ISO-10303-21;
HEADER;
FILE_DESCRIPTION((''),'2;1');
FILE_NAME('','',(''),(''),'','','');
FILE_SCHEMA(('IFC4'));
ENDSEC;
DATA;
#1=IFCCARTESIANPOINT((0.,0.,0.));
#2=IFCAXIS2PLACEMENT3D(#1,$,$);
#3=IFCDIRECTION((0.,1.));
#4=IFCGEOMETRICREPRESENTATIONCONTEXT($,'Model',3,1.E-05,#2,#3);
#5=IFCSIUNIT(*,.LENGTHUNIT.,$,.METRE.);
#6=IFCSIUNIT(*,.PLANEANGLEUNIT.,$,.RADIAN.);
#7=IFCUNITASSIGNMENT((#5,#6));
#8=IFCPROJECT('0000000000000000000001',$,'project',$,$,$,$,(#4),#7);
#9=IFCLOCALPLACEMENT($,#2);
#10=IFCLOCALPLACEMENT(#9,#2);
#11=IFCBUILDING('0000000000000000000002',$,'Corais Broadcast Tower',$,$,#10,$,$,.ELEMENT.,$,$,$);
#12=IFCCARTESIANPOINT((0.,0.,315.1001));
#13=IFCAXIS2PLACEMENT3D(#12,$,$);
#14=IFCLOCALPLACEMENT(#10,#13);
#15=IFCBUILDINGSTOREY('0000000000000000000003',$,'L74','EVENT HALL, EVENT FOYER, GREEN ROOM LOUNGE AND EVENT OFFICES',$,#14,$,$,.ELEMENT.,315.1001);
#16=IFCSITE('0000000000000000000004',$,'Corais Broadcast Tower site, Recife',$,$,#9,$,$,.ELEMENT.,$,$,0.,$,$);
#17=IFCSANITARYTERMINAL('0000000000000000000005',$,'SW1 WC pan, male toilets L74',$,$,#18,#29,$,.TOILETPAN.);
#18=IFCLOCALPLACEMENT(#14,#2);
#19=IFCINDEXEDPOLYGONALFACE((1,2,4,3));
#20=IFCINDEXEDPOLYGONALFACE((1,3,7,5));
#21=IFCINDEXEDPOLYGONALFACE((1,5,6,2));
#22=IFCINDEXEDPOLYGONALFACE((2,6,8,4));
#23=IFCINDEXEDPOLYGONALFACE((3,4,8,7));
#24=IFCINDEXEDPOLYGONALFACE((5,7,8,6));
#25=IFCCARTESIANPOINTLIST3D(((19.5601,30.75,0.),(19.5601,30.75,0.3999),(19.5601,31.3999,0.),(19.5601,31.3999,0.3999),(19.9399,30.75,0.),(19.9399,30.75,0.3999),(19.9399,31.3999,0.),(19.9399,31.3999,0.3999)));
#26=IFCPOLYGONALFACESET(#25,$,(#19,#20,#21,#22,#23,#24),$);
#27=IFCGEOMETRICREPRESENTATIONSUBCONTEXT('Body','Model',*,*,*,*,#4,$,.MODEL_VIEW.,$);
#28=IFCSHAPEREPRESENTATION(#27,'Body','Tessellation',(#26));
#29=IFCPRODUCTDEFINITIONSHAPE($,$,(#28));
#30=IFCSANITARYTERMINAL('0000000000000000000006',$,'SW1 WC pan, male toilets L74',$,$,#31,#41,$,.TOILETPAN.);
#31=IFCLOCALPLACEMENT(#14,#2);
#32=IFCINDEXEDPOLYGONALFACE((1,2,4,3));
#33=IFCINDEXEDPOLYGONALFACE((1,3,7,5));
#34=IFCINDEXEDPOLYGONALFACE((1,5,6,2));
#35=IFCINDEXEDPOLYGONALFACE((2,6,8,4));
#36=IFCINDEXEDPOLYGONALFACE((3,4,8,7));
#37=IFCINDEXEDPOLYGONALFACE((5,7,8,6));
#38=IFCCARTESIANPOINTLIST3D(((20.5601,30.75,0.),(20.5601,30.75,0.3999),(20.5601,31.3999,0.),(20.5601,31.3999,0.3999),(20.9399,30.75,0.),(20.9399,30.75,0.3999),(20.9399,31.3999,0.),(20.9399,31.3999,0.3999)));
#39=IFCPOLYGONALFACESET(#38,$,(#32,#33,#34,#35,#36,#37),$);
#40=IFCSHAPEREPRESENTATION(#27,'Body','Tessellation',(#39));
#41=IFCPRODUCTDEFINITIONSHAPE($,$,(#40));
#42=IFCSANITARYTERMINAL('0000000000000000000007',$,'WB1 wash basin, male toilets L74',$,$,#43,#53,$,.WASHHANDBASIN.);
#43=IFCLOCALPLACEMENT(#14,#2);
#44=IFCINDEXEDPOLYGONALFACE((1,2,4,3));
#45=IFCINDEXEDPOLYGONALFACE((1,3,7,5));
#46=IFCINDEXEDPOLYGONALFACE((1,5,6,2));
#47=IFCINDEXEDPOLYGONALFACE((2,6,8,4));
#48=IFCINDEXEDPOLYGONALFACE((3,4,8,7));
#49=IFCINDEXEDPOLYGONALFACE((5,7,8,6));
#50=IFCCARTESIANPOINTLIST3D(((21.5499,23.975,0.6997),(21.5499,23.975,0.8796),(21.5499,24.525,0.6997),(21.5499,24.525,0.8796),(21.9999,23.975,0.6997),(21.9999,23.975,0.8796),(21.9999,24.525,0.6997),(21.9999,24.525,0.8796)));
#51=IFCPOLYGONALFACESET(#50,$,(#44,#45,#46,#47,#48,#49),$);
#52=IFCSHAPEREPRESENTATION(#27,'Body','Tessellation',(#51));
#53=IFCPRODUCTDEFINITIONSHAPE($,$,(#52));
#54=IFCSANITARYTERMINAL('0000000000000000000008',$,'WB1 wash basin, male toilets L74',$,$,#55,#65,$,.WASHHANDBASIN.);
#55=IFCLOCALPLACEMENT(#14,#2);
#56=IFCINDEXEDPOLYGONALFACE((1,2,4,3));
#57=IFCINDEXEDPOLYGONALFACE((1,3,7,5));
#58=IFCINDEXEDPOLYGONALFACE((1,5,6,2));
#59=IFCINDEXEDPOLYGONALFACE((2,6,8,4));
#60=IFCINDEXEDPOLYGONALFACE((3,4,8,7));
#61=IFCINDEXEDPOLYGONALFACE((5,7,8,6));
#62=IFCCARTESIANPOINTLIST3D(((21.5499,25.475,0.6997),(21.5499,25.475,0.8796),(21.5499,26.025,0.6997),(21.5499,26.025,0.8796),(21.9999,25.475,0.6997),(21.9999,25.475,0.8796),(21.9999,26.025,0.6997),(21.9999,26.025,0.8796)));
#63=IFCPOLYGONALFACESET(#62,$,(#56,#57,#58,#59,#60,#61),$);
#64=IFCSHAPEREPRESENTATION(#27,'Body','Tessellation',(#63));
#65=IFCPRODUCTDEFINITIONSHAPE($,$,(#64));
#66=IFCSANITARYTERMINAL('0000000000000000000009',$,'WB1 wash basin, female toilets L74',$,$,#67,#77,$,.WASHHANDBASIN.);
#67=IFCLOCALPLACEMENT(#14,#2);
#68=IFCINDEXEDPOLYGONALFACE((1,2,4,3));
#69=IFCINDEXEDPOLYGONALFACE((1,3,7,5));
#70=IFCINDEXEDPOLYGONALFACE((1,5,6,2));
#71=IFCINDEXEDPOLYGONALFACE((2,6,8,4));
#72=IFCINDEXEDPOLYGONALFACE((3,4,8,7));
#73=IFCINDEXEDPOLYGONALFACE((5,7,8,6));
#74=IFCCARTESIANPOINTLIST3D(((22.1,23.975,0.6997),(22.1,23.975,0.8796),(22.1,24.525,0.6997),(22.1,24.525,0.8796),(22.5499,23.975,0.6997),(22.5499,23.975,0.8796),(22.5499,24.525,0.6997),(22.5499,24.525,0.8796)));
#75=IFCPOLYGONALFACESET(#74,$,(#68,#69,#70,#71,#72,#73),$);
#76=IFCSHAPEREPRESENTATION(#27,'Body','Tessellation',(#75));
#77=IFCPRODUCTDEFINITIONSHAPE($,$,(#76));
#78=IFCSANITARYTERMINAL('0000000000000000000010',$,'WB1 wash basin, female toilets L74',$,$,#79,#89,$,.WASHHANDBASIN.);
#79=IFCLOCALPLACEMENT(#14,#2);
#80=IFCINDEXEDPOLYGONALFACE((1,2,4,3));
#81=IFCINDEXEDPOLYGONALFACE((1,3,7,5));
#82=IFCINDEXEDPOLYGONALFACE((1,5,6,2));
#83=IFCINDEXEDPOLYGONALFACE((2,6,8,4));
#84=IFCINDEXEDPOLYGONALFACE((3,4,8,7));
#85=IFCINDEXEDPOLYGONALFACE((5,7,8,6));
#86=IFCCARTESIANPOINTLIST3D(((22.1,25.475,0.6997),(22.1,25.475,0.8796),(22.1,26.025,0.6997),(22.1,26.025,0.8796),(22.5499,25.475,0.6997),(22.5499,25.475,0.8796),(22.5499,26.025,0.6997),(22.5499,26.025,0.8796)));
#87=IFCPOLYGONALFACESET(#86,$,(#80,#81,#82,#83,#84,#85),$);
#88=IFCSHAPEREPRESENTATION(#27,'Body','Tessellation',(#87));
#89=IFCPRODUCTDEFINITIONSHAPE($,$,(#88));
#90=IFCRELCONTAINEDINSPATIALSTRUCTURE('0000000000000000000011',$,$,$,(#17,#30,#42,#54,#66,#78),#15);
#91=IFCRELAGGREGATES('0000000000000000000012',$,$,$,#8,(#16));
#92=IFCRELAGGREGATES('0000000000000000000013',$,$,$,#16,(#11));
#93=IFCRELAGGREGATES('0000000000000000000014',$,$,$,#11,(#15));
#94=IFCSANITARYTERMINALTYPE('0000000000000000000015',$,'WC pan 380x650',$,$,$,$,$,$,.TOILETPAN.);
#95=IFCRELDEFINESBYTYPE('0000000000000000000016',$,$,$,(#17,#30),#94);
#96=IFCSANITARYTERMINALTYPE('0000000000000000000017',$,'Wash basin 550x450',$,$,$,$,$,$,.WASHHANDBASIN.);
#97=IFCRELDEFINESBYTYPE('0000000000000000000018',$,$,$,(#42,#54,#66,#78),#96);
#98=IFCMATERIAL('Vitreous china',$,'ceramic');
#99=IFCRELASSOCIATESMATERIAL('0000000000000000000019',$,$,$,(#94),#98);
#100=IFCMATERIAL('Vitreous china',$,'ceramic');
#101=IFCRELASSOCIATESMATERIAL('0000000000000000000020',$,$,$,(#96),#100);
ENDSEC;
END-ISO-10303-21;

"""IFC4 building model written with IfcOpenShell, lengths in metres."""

from ifc_helpers import new_model, si_unit, direction, frame, origin, origin_2d, place, context, subcontext, project, spatial, rectangle, extrude, material, type_object, element, save


model = new_model("IFC4")

# Units and contexts
model_context = context("Model", 3, precision=1e-05, world=origin(), true_north=direction((0.0, 1.0)))
body_context = subcontext(model_context, "Body", "Model", "MODEL_VIEW")
ifc_project = project(units=[si_unit("LENGTHUNIT", "METRE"), si_unit("PLANEANGLEUNIT", "RADIAN")], contexts=[model_context])

# Site, building, storey
site_placement = place(None, origin())
site = spatial("IfcSite", under=ifc_project, at=site_placement, Name="Corais Broadcast Tower site, Recife", CompositionType="ELEMENT", RefElevation=0.0)
building_placement = place(site_placement, origin())
building = spatial("IfcBuilding", under=site, at=building_placement, Name="Corais Broadcast Tower", CompositionType="ELEMENT")
storey_placement = place(building_placement, frame((0.0, 0.0, 315.1001)))
storey = spatial("IfcBuildingStorey", under=building, at=storey_placement, Name="L74", Description="EVENT HALL, EVENT FOYER, GREEN ROOM LOUNGE AND EVENT OFFICES", CompositionType="ELEMENT", Elevation=315.1001)

# Sanitary terminals
ifc_material_1 = material(Name="Vitreous china", Category="ceramic")
sanitary_terminal_type_1 = type_object("IfcSanitaryTerminalType", Name="WC pan 380x650", PredefinedType="TOILETPAN", material=ifc_material_1)
for number, where, z_axis, x_axis, name in (
    (1, (19.75, 31.075, 0.0), (0.0, 0.0, 1.0), (1.0, 0.0, 0.0), "SW1 WC pan, male toilets L74"),
    (2, (20.75, 31.075, 0.0), (0.0, 0.0, 1.0), (1.0, 0.0, 0.0), "SW1 WC pan, male toilets L74"),
):
    element("IfcSanitaryTerminal", number, at=place(storey_placement, frame(where, z_axis=z_axis, x_axis=x_axis)), inside=storey, type_object=sanitary_terminal_type_1, Name=name, PredefinedType="TOILETPAN", context=body_context, shape_type="SweptSolid", body=[
        extrude(rectangle(XDim=0.3799, YDim=0.6499, at=origin_2d()), origin(), (0.0, 0.0, 1.0), 0.3999),
    ])
ifc_material_2 = material(Name="Vitreous china", Category="ceramic")
sanitary_terminal_type_2 = type_object("IfcSanitaryTerminalType", Name="Wash basin 550x450", PredefinedType="WASHHANDBASIN", material=ifc_material_2)
for number, where, z_axis, x_axis, name in (
    (3, (21.7749, 24.25, 0.6997), (0.0, 0.0, 1.0), (1.0, 0.0, 0.0), "WB1 wash basin, male toilets L74"),
    (4, (21.7749, 25.75, 0.6997), (0.0, 0.0, 1.0), (1.0, 0.0, 0.0), "WB1 wash basin, male toilets L74"),
    (5, (22.325, 24.25, 0.6997), (0.0, 0.0, 1.0), (1.0, 0.0, 0.0), "WB1 wash basin, female toilets L74"),
    (6, (22.325, 25.75, 0.6997), (0.0, 0.0, 1.0), (1.0, 0.0, 0.0), "WB1 wash basin, female toilets L74"),
):
    element("IfcSanitaryTerminal", number, at=place(storey_placement, frame(where, z_axis=z_axis, x_axis=x_axis)), inside=storey, type_object=sanitary_terminal_type_2, Name=name, PredefinedType="WASHHANDBASIN", context=body_context, shape_type="SweptSolid", body=[
        extrude(rectangle(XDim=0.45, YDim=0.55, at=origin_2d()), origin(), (0.0, 0.0, 1.0), 0.1799),
    ])

save(model, "model.ifc")
